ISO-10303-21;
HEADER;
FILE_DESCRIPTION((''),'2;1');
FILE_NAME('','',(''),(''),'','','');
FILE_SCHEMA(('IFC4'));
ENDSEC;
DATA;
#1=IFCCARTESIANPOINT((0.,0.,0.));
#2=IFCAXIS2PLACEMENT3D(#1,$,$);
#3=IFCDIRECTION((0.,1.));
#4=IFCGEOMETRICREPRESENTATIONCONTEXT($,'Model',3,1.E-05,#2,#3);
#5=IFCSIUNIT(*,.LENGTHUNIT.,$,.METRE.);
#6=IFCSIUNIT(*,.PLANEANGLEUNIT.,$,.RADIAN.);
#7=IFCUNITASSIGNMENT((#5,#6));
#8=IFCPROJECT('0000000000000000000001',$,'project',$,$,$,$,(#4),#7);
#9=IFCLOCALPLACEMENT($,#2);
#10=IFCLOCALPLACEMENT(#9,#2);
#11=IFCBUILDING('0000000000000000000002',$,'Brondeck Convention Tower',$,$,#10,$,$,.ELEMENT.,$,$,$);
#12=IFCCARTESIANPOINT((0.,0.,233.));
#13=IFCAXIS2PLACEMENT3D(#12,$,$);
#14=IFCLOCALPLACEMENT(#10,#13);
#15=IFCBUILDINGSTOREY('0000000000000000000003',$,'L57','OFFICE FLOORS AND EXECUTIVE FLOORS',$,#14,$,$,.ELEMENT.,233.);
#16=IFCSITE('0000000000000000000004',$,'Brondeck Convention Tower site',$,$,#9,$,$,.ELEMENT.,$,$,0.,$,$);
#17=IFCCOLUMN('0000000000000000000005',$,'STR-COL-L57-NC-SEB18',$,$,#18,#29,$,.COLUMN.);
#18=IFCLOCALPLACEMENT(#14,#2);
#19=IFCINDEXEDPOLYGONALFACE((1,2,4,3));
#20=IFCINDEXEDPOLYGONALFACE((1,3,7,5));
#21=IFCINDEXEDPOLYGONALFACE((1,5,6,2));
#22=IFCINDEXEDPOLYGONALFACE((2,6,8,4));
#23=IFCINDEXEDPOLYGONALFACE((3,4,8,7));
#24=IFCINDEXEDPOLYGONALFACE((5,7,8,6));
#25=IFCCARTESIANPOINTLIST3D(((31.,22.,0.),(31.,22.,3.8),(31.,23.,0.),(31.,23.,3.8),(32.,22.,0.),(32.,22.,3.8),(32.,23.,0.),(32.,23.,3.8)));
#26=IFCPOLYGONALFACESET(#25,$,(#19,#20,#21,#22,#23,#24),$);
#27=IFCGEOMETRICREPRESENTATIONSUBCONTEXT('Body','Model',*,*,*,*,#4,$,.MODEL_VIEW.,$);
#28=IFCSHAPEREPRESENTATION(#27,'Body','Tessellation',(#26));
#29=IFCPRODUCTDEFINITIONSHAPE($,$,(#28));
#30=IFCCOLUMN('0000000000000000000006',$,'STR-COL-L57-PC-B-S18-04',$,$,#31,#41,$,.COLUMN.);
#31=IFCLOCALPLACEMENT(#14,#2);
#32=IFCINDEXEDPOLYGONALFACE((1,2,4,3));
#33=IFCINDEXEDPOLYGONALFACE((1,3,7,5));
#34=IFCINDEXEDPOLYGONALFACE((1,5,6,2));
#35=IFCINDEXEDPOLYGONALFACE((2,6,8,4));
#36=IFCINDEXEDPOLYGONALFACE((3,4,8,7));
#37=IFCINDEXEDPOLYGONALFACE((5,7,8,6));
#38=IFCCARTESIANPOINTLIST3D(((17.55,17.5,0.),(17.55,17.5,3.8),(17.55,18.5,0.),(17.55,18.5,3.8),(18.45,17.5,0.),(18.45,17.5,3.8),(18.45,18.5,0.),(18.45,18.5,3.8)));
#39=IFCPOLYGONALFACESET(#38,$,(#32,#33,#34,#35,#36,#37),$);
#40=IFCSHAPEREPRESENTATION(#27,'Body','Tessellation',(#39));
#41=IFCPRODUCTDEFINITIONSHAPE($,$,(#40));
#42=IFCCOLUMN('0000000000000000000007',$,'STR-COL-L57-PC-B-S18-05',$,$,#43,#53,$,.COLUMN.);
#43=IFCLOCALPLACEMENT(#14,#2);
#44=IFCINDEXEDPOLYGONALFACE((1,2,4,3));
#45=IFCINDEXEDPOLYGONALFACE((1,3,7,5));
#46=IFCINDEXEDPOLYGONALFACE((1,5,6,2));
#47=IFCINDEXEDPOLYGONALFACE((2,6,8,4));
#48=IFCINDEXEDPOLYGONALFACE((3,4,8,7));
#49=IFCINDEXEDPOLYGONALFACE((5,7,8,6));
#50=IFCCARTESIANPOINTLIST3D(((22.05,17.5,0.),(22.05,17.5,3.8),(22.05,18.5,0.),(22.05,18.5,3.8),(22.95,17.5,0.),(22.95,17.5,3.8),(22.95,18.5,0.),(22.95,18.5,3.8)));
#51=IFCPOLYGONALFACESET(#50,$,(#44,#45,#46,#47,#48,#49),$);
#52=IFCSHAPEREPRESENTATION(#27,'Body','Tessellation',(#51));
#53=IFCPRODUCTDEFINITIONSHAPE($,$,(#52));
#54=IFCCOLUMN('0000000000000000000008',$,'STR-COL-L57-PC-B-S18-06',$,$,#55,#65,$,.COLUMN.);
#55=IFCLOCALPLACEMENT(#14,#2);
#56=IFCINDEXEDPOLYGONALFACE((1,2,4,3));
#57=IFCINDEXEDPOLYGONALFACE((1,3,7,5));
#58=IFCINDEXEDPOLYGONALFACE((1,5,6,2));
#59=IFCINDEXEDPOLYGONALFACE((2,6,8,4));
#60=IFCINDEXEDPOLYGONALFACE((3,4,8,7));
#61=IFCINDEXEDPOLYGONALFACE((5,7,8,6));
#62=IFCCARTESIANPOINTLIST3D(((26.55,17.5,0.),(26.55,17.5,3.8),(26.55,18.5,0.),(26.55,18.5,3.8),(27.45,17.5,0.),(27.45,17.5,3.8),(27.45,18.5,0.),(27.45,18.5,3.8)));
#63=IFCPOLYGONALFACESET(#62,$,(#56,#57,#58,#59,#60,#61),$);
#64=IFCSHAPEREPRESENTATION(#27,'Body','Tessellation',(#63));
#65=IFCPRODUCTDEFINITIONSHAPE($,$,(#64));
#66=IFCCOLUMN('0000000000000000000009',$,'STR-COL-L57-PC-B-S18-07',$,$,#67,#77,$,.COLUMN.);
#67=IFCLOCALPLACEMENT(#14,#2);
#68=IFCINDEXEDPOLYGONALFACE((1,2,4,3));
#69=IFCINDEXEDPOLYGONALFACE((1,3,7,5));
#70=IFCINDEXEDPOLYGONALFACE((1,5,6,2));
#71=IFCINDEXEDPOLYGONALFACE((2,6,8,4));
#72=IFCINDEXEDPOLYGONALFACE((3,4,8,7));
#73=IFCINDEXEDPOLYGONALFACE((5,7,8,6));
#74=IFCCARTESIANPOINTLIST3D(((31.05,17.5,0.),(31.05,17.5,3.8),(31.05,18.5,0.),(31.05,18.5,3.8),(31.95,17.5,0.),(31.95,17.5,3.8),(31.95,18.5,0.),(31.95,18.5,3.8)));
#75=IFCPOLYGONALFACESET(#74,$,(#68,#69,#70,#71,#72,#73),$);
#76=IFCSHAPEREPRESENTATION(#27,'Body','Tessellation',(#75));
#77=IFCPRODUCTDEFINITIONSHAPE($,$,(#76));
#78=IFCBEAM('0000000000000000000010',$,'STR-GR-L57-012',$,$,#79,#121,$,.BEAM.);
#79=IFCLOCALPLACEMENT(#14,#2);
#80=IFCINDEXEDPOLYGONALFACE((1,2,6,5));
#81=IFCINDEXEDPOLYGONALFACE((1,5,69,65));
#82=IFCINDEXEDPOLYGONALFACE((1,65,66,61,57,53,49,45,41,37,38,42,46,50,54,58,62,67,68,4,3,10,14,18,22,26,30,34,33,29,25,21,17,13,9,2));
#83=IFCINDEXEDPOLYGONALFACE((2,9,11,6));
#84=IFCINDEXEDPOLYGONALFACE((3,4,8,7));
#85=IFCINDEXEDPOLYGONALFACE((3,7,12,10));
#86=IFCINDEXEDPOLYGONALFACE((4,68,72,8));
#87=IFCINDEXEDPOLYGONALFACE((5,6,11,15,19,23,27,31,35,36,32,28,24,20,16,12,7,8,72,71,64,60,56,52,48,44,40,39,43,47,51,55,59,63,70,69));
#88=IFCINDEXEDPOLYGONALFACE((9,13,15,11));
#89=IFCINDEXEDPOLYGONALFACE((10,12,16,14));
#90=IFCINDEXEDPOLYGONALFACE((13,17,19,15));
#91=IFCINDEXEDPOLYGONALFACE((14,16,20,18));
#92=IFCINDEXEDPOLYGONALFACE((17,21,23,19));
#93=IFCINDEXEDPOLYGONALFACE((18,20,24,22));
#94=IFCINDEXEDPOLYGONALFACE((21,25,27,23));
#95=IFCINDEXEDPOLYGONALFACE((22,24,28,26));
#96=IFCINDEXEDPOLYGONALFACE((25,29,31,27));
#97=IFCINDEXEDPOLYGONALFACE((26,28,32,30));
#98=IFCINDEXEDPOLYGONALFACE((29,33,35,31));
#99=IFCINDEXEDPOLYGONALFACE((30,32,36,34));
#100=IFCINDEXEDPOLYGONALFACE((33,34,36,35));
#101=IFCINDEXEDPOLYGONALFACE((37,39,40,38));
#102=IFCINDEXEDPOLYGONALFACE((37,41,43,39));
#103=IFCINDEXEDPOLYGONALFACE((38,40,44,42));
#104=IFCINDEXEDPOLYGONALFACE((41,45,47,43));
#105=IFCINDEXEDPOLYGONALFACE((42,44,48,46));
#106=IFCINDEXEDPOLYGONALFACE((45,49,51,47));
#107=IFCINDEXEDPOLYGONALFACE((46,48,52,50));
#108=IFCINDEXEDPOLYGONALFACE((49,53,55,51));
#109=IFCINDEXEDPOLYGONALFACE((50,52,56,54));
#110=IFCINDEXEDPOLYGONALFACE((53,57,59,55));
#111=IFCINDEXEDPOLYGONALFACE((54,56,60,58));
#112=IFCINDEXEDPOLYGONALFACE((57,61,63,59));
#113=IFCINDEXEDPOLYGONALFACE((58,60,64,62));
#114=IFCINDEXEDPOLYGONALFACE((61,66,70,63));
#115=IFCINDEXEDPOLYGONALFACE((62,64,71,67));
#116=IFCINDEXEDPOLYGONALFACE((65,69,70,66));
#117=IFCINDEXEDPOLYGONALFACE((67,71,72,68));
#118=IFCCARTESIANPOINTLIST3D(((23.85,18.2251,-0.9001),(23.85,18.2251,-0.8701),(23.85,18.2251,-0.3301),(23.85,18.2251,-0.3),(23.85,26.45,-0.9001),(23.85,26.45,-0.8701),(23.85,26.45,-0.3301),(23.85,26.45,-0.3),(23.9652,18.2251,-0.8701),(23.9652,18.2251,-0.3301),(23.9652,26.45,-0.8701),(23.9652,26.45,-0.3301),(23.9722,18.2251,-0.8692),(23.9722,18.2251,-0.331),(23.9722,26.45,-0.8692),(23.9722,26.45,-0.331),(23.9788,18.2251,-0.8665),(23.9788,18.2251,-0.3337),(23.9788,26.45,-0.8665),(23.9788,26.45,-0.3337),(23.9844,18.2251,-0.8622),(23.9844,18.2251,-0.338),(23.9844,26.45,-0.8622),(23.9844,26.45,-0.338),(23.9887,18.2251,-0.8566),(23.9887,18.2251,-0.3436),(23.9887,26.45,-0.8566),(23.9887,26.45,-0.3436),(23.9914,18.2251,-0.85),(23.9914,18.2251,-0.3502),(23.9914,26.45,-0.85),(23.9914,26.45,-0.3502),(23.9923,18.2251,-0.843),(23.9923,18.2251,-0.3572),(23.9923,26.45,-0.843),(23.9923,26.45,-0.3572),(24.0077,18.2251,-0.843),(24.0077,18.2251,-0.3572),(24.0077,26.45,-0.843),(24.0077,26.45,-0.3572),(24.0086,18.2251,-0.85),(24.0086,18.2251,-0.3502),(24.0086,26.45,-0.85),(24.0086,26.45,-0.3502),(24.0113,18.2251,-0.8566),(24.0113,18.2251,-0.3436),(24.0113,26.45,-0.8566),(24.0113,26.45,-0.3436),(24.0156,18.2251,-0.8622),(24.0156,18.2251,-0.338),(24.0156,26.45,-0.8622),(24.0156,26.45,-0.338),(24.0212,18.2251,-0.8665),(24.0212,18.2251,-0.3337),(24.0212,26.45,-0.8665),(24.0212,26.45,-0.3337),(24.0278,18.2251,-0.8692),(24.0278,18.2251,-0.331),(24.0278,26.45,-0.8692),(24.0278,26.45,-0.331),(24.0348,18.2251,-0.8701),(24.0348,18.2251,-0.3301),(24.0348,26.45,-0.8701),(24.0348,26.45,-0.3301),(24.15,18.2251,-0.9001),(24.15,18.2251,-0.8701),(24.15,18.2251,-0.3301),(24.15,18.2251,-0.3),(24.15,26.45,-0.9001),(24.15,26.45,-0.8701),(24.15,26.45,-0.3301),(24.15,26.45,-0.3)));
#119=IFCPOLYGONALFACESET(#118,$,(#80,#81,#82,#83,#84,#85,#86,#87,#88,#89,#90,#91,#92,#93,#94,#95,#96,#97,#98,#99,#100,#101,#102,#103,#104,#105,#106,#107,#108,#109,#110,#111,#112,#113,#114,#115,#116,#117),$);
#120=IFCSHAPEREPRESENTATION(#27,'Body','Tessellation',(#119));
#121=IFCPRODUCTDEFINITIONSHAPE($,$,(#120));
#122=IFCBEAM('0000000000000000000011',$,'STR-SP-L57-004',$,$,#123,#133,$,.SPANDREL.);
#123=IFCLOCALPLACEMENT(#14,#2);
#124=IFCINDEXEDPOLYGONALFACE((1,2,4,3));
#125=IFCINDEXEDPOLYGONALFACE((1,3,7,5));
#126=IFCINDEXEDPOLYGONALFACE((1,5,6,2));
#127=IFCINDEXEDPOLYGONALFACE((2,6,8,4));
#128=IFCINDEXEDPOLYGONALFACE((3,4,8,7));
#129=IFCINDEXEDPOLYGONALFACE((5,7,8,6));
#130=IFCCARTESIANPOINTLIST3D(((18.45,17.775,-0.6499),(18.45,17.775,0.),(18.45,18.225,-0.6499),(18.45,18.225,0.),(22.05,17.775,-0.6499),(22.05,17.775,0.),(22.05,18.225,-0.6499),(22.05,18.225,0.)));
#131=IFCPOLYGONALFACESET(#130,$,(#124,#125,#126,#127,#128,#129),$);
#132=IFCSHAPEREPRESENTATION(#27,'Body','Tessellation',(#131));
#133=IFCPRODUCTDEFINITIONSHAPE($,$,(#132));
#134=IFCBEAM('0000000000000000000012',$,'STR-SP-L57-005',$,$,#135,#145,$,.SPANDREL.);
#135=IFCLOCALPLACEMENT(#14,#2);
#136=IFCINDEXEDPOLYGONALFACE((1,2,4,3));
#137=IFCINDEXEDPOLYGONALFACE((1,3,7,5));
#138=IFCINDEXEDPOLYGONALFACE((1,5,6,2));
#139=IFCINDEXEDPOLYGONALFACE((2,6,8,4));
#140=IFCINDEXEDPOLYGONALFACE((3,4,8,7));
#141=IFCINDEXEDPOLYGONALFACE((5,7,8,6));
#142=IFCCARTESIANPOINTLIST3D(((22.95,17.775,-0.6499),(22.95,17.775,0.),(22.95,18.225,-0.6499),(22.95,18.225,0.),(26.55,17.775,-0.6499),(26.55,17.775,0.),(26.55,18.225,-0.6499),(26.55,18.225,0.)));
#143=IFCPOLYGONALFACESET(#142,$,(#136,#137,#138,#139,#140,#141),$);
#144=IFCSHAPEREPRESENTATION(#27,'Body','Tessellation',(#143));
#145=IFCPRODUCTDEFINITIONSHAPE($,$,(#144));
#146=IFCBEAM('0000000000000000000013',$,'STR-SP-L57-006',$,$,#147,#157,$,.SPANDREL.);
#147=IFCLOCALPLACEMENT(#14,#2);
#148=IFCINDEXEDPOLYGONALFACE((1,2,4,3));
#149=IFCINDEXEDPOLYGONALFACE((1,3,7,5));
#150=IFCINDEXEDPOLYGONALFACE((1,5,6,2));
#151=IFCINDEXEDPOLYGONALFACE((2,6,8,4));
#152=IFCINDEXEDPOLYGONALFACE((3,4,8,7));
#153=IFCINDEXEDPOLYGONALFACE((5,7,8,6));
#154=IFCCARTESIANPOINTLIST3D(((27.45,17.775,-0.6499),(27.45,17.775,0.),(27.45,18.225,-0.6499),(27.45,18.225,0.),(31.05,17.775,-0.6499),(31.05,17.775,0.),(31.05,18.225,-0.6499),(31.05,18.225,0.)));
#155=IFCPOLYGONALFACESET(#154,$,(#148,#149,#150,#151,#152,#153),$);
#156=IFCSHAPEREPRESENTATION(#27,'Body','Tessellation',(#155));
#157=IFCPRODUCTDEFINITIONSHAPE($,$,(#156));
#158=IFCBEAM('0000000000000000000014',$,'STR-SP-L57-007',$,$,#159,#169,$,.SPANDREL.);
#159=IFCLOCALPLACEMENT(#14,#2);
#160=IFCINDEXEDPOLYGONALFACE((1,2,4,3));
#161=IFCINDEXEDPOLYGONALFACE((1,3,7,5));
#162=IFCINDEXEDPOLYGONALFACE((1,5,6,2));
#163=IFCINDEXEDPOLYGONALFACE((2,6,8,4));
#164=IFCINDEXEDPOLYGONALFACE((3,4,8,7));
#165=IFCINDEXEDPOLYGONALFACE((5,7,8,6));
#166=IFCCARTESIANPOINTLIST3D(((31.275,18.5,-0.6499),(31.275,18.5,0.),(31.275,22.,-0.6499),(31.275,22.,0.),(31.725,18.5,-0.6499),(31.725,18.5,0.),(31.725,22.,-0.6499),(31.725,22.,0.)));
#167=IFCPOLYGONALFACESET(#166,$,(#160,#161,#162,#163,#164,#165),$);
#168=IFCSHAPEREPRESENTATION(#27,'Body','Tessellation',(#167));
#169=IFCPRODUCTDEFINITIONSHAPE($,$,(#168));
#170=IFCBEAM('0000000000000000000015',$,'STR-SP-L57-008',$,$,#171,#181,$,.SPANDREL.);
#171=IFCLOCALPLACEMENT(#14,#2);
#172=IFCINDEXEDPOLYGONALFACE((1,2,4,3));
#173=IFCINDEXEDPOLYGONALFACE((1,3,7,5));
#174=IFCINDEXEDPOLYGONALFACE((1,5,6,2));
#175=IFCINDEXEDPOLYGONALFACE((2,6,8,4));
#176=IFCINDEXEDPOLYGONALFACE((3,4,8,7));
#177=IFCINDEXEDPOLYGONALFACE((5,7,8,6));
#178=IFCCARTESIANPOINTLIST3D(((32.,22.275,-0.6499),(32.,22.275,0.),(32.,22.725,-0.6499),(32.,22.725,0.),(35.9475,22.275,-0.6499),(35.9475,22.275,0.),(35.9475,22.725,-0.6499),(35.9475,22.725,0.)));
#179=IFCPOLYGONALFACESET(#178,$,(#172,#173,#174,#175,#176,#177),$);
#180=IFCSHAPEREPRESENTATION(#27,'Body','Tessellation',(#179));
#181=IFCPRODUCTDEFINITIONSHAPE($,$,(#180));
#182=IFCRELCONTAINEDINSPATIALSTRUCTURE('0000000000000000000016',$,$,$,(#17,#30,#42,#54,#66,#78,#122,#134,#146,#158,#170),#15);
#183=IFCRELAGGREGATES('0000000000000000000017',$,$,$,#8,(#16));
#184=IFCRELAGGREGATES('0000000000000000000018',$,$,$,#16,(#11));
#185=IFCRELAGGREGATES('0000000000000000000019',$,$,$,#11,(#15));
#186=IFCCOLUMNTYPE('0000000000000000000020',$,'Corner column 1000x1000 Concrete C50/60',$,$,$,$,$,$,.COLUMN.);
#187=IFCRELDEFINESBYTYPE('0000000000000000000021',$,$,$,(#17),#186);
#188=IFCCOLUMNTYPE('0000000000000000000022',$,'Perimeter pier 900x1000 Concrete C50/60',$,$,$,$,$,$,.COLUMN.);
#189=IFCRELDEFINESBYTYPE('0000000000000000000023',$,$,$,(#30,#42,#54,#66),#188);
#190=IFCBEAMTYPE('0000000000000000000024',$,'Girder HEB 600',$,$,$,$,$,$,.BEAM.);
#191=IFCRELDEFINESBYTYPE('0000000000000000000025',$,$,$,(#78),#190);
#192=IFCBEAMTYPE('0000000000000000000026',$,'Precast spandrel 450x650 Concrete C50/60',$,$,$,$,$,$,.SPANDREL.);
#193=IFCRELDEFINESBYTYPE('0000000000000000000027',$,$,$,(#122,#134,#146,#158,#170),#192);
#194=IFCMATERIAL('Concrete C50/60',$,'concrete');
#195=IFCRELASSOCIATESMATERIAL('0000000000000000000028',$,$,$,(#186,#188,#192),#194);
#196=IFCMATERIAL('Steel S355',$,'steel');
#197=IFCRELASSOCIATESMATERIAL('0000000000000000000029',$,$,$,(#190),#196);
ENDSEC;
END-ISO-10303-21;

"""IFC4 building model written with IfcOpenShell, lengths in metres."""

from ifc_helpers import new_model, si_unit, direction, frame, origin, origin_2d, place, context, subcontext, project, spatial, rectangle, i_section, extrude, material, material_profile, profile_set, type_object, element, save


model = new_model("IFC4")

# Units and contexts
model_context = context("Model", 3, precision=1e-05, world=origin(), true_north=direction((0.0, 1.0)))
body_context = subcontext(model_context, "Body", "Model", "MODEL_VIEW")
ifc_project = project(units=[si_unit("LENGTHUNIT", "METRE"), si_unit("PLANEANGLEUNIT", "RADIAN")], contexts=[model_context])

# Site, building, storey
site_placement = place(None, origin())
site = spatial("IfcSite", under=ifc_project, at=site_placement, Name="Brondeck Convention Tower site", CompositionType="ELEMENT", RefElevation=0.0)
building_placement = place(site_placement, origin())
building = spatial("IfcBuilding", under=site, at=building_placement, Name="Brondeck Convention Tower", CompositionType="ELEMENT")
storey_placement = place(building_placement, frame((0.0, 0.0, 233.0)))
storey = spatial("IfcBuildingStorey", under=building, at=storey_placement, Name="L57", Description="OFFICE FLOORS AND EXECUTIVE FLOORS", CompositionType="ELEMENT", Elevation=233.0)

# Columns
ifc_material_1 = material(Name="Concrete C50/60", Category="concrete")
ifc_material_profile_1 = material_profile(ifc_material_1, rectangle(XDim=1.0, YDim=1.0, at=origin_2d()), Name="Corner column 1000x1000 Concrete C50/60")
ifc_profile_set_1 = profile_set([ifc_material_profile_1], Name="Concrete C50/60")
column_type_1 = type_object("IfcColumnType", Name="Corner column 1000x1000 Concrete C50/60", PredefinedType="COLUMN", material=ifc_profile_set_1)
column_placement = place(storey_placement, frame((31.5, 22.5, 0.0), z_axis=(0.0, 0.0, 1.0), x_axis=(1.0, 0.0, 0.0)))
element("IfcColumn", 1, at=column_placement, inside=storey, type_object=column_type_1, Name="STR-COL-L57-NC-SEB18", PredefinedType="COLUMN", context=body_context, shape_type="SweptSolid", body=[
    extrude(rectangle(XDim=1.0, YDim=1.0, at=origin_2d()), origin(), (0.0, 0.0, 1.0), 3.8),
])
ifc_material_profile_2 = material_profile(ifc_material_1, rectangle(XDim=0.8999, YDim=1.0, at=origin_2d()), Name="Perimeter pier 900x1000 Concrete C50/60")
ifc_profile_set_2 = profile_set([ifc_material_profile_2], Name="Concrete C50/60")
column_type_2 = type_object("IfcColumnType", Name="Perimeter pier 900x1000 Concrete C50/60", PredefinedType="COLUMN", material=ifc_profile_set_2)
for number, where, z_axis, x_axis, name in (
    (2, (18.0, 18.0, 0.0), (0.0, 0.0, 1.0), (1.0, 0.0, 0.0), "STR-COL-L57-PC-B-S18-04"),
    (3, (22.5, 18.0, 0.0), (0.0, 0.0, 1.0), (1.0, 0.0, 0.0), "STR-COL-L57-PC-B-S18-05"),
    (4, (27.0, 18.0, 0.0), (0.0, 0.0, 1.0), (1.0, 0.0, 0.0), "STR-COL-L57-PC-B-S18-06"),
    (5, (31.5, 18.0, 0.0), (0.0, 0.0, 1.0), (1.0, 0.0, 0.0), "STR-COL-L57-PC-B-S18-07"),
):
    element("IfcColumn", number, at=place(storey_placement, frame(where, z_axis=z_axis, x_axis=x_axis)), inside=storey, type_object=column_type_2, Name=name, PredefinedType="COLUMN", context=body_context, shape_type="SweptSolid", body=[
        extrude(rectangle(XDim=0.8999, YDim=1.0, at=origin_2d()), origin(), (0.0, 0.0, 1.0), 3.8),
    ])

# Beams
ifc_material_2 = material(Name="Steel S355", Category="steel")
ifc_material_profile_3 = material_profile(ifc_material_2, i_section(OverallWidth=0.3, OverallDepth=0.6001, WebThickness=0.0154, FlangeThickness=0.03, FilletRadius=0.0271, at=origin_2d()), Name="HEB 600")
ifc_profile_set_3 = profile_set([ifc_material_profile_3], Name="Steel S355")
beam_type_1 = type_object("IfcBeamType", Name="Girder HEB 600", PredefinedType="BEAM", material=ifc_profile_set_3)
beam_1_placement = place(storey_placement, frame((24.0, 26.45, -0.6001), z_axis=(0.0, -1.0, 0.0), x_axis=(1.0, 0.0, 0.0)))
element("IfcBeam", 6, at=beam_1_placement, inside=storey, type_object=beam_type_1, Name="STR-GR-L57-012", PredefinedType="BEAM", context=body_context, shape_type="SweptSolid", body=[
    extrude(i_section(OverallWidth=0.3, OverallDepth=0.6001, WebThickness=0.0154, FlangeThickness=0.03, FilletRadius=0.0271, at=origin_2d()), origin(), (0.0, 0.0, 1.0), 8.2249),
])
ifc_material_profile_4 = material_profile(ifc_material_1, rectangle(XDim=0.45, YDim=0.6499, at=origin_2d()), Name="Precast spandrel 450x650 Concrete C50/60")
ifc_profile_set_4 = profile_set([ifc_material_profile_4], Name="Concrete C50/60")
beam_type_2 = type_object("IfcBeamType", Name="Precast spandrel 450x650 Concrete C50/60", PredefinedType="SPANDREL", material=ifc_profile_set_4)
for number, where, z_axis, x_axis, name in (
    (7, (18.45, 18.0, -0.325), (1.0, 0.0, 0.0), (0.0, 1.0, 0.0), "STR-SP-L57-004"),
    (8, (22.95, 18.0, -0.325), (1.0, 0.0, 0.0), (0.0, 1.0, 0.0), "STR-SP-L57-005"),
    (9, (27.45, 18.0, -0.325), (1.0, 0.0, 0.0), (0.0, 1.0, 0.0), "STR-SP-L57-006"),
):
    element("IfcBeam", number, at=place(storey_placement, frame(where, z_axis=z_axis, x_axis=x_axis)), inside=storey, type_object=beam_type_2, Name=name, PredefinedType="SPANDREL", context=body_context, shape_type="SweptSolid", body=[
        extrude(rectangle(XDim=0.45, YDim=0.6499, at=origin_2d()), origin(), (0.0, 0.0, 1.0), 3.6001),
    ])
beam_2_placement = place(storey_placement, frame((31.5, 18.5, -0.325), z_axis=(0.0, 1.0, 0.0), x_axis=(-1.0, 0.0, 0.0)))
element("IfcBeam", 10, at=beam_2_placement, inside=storey, type_object=beam_type_2, Name="STR-SP-L57-007", PredefinedType="SPANDREL", context=body_context, shape_type="SweptSolid", body=[
    extrude(rectangle(XDim=0.45, YDim=0.6499, at=origin_2d()), origin(), (0.0, 0.0, 1.0), 3.5),
])
beam_3_placement = place(storey_placement, frame((32.0, 22.5, -0.325), z_axis=(1.0, 0.0, 0.0), x_axis=(0.0, 1.0, 0.0)))
element("IfcBeam", 11, at=beam_3_placement, inside=storey, type_object=beam_type_2, Name="STR-SP-L57-008", PredefinedType="SPANDREL", context=body_context, shape_type="SweptSolid", body=[
    extrude(rectangle(XDim=0.45, YDim=0.6499, at=origin_2d()), origin(), (0.0, 0.0, 1.0), 3.9475),
])

save(model, "model.ifc")
